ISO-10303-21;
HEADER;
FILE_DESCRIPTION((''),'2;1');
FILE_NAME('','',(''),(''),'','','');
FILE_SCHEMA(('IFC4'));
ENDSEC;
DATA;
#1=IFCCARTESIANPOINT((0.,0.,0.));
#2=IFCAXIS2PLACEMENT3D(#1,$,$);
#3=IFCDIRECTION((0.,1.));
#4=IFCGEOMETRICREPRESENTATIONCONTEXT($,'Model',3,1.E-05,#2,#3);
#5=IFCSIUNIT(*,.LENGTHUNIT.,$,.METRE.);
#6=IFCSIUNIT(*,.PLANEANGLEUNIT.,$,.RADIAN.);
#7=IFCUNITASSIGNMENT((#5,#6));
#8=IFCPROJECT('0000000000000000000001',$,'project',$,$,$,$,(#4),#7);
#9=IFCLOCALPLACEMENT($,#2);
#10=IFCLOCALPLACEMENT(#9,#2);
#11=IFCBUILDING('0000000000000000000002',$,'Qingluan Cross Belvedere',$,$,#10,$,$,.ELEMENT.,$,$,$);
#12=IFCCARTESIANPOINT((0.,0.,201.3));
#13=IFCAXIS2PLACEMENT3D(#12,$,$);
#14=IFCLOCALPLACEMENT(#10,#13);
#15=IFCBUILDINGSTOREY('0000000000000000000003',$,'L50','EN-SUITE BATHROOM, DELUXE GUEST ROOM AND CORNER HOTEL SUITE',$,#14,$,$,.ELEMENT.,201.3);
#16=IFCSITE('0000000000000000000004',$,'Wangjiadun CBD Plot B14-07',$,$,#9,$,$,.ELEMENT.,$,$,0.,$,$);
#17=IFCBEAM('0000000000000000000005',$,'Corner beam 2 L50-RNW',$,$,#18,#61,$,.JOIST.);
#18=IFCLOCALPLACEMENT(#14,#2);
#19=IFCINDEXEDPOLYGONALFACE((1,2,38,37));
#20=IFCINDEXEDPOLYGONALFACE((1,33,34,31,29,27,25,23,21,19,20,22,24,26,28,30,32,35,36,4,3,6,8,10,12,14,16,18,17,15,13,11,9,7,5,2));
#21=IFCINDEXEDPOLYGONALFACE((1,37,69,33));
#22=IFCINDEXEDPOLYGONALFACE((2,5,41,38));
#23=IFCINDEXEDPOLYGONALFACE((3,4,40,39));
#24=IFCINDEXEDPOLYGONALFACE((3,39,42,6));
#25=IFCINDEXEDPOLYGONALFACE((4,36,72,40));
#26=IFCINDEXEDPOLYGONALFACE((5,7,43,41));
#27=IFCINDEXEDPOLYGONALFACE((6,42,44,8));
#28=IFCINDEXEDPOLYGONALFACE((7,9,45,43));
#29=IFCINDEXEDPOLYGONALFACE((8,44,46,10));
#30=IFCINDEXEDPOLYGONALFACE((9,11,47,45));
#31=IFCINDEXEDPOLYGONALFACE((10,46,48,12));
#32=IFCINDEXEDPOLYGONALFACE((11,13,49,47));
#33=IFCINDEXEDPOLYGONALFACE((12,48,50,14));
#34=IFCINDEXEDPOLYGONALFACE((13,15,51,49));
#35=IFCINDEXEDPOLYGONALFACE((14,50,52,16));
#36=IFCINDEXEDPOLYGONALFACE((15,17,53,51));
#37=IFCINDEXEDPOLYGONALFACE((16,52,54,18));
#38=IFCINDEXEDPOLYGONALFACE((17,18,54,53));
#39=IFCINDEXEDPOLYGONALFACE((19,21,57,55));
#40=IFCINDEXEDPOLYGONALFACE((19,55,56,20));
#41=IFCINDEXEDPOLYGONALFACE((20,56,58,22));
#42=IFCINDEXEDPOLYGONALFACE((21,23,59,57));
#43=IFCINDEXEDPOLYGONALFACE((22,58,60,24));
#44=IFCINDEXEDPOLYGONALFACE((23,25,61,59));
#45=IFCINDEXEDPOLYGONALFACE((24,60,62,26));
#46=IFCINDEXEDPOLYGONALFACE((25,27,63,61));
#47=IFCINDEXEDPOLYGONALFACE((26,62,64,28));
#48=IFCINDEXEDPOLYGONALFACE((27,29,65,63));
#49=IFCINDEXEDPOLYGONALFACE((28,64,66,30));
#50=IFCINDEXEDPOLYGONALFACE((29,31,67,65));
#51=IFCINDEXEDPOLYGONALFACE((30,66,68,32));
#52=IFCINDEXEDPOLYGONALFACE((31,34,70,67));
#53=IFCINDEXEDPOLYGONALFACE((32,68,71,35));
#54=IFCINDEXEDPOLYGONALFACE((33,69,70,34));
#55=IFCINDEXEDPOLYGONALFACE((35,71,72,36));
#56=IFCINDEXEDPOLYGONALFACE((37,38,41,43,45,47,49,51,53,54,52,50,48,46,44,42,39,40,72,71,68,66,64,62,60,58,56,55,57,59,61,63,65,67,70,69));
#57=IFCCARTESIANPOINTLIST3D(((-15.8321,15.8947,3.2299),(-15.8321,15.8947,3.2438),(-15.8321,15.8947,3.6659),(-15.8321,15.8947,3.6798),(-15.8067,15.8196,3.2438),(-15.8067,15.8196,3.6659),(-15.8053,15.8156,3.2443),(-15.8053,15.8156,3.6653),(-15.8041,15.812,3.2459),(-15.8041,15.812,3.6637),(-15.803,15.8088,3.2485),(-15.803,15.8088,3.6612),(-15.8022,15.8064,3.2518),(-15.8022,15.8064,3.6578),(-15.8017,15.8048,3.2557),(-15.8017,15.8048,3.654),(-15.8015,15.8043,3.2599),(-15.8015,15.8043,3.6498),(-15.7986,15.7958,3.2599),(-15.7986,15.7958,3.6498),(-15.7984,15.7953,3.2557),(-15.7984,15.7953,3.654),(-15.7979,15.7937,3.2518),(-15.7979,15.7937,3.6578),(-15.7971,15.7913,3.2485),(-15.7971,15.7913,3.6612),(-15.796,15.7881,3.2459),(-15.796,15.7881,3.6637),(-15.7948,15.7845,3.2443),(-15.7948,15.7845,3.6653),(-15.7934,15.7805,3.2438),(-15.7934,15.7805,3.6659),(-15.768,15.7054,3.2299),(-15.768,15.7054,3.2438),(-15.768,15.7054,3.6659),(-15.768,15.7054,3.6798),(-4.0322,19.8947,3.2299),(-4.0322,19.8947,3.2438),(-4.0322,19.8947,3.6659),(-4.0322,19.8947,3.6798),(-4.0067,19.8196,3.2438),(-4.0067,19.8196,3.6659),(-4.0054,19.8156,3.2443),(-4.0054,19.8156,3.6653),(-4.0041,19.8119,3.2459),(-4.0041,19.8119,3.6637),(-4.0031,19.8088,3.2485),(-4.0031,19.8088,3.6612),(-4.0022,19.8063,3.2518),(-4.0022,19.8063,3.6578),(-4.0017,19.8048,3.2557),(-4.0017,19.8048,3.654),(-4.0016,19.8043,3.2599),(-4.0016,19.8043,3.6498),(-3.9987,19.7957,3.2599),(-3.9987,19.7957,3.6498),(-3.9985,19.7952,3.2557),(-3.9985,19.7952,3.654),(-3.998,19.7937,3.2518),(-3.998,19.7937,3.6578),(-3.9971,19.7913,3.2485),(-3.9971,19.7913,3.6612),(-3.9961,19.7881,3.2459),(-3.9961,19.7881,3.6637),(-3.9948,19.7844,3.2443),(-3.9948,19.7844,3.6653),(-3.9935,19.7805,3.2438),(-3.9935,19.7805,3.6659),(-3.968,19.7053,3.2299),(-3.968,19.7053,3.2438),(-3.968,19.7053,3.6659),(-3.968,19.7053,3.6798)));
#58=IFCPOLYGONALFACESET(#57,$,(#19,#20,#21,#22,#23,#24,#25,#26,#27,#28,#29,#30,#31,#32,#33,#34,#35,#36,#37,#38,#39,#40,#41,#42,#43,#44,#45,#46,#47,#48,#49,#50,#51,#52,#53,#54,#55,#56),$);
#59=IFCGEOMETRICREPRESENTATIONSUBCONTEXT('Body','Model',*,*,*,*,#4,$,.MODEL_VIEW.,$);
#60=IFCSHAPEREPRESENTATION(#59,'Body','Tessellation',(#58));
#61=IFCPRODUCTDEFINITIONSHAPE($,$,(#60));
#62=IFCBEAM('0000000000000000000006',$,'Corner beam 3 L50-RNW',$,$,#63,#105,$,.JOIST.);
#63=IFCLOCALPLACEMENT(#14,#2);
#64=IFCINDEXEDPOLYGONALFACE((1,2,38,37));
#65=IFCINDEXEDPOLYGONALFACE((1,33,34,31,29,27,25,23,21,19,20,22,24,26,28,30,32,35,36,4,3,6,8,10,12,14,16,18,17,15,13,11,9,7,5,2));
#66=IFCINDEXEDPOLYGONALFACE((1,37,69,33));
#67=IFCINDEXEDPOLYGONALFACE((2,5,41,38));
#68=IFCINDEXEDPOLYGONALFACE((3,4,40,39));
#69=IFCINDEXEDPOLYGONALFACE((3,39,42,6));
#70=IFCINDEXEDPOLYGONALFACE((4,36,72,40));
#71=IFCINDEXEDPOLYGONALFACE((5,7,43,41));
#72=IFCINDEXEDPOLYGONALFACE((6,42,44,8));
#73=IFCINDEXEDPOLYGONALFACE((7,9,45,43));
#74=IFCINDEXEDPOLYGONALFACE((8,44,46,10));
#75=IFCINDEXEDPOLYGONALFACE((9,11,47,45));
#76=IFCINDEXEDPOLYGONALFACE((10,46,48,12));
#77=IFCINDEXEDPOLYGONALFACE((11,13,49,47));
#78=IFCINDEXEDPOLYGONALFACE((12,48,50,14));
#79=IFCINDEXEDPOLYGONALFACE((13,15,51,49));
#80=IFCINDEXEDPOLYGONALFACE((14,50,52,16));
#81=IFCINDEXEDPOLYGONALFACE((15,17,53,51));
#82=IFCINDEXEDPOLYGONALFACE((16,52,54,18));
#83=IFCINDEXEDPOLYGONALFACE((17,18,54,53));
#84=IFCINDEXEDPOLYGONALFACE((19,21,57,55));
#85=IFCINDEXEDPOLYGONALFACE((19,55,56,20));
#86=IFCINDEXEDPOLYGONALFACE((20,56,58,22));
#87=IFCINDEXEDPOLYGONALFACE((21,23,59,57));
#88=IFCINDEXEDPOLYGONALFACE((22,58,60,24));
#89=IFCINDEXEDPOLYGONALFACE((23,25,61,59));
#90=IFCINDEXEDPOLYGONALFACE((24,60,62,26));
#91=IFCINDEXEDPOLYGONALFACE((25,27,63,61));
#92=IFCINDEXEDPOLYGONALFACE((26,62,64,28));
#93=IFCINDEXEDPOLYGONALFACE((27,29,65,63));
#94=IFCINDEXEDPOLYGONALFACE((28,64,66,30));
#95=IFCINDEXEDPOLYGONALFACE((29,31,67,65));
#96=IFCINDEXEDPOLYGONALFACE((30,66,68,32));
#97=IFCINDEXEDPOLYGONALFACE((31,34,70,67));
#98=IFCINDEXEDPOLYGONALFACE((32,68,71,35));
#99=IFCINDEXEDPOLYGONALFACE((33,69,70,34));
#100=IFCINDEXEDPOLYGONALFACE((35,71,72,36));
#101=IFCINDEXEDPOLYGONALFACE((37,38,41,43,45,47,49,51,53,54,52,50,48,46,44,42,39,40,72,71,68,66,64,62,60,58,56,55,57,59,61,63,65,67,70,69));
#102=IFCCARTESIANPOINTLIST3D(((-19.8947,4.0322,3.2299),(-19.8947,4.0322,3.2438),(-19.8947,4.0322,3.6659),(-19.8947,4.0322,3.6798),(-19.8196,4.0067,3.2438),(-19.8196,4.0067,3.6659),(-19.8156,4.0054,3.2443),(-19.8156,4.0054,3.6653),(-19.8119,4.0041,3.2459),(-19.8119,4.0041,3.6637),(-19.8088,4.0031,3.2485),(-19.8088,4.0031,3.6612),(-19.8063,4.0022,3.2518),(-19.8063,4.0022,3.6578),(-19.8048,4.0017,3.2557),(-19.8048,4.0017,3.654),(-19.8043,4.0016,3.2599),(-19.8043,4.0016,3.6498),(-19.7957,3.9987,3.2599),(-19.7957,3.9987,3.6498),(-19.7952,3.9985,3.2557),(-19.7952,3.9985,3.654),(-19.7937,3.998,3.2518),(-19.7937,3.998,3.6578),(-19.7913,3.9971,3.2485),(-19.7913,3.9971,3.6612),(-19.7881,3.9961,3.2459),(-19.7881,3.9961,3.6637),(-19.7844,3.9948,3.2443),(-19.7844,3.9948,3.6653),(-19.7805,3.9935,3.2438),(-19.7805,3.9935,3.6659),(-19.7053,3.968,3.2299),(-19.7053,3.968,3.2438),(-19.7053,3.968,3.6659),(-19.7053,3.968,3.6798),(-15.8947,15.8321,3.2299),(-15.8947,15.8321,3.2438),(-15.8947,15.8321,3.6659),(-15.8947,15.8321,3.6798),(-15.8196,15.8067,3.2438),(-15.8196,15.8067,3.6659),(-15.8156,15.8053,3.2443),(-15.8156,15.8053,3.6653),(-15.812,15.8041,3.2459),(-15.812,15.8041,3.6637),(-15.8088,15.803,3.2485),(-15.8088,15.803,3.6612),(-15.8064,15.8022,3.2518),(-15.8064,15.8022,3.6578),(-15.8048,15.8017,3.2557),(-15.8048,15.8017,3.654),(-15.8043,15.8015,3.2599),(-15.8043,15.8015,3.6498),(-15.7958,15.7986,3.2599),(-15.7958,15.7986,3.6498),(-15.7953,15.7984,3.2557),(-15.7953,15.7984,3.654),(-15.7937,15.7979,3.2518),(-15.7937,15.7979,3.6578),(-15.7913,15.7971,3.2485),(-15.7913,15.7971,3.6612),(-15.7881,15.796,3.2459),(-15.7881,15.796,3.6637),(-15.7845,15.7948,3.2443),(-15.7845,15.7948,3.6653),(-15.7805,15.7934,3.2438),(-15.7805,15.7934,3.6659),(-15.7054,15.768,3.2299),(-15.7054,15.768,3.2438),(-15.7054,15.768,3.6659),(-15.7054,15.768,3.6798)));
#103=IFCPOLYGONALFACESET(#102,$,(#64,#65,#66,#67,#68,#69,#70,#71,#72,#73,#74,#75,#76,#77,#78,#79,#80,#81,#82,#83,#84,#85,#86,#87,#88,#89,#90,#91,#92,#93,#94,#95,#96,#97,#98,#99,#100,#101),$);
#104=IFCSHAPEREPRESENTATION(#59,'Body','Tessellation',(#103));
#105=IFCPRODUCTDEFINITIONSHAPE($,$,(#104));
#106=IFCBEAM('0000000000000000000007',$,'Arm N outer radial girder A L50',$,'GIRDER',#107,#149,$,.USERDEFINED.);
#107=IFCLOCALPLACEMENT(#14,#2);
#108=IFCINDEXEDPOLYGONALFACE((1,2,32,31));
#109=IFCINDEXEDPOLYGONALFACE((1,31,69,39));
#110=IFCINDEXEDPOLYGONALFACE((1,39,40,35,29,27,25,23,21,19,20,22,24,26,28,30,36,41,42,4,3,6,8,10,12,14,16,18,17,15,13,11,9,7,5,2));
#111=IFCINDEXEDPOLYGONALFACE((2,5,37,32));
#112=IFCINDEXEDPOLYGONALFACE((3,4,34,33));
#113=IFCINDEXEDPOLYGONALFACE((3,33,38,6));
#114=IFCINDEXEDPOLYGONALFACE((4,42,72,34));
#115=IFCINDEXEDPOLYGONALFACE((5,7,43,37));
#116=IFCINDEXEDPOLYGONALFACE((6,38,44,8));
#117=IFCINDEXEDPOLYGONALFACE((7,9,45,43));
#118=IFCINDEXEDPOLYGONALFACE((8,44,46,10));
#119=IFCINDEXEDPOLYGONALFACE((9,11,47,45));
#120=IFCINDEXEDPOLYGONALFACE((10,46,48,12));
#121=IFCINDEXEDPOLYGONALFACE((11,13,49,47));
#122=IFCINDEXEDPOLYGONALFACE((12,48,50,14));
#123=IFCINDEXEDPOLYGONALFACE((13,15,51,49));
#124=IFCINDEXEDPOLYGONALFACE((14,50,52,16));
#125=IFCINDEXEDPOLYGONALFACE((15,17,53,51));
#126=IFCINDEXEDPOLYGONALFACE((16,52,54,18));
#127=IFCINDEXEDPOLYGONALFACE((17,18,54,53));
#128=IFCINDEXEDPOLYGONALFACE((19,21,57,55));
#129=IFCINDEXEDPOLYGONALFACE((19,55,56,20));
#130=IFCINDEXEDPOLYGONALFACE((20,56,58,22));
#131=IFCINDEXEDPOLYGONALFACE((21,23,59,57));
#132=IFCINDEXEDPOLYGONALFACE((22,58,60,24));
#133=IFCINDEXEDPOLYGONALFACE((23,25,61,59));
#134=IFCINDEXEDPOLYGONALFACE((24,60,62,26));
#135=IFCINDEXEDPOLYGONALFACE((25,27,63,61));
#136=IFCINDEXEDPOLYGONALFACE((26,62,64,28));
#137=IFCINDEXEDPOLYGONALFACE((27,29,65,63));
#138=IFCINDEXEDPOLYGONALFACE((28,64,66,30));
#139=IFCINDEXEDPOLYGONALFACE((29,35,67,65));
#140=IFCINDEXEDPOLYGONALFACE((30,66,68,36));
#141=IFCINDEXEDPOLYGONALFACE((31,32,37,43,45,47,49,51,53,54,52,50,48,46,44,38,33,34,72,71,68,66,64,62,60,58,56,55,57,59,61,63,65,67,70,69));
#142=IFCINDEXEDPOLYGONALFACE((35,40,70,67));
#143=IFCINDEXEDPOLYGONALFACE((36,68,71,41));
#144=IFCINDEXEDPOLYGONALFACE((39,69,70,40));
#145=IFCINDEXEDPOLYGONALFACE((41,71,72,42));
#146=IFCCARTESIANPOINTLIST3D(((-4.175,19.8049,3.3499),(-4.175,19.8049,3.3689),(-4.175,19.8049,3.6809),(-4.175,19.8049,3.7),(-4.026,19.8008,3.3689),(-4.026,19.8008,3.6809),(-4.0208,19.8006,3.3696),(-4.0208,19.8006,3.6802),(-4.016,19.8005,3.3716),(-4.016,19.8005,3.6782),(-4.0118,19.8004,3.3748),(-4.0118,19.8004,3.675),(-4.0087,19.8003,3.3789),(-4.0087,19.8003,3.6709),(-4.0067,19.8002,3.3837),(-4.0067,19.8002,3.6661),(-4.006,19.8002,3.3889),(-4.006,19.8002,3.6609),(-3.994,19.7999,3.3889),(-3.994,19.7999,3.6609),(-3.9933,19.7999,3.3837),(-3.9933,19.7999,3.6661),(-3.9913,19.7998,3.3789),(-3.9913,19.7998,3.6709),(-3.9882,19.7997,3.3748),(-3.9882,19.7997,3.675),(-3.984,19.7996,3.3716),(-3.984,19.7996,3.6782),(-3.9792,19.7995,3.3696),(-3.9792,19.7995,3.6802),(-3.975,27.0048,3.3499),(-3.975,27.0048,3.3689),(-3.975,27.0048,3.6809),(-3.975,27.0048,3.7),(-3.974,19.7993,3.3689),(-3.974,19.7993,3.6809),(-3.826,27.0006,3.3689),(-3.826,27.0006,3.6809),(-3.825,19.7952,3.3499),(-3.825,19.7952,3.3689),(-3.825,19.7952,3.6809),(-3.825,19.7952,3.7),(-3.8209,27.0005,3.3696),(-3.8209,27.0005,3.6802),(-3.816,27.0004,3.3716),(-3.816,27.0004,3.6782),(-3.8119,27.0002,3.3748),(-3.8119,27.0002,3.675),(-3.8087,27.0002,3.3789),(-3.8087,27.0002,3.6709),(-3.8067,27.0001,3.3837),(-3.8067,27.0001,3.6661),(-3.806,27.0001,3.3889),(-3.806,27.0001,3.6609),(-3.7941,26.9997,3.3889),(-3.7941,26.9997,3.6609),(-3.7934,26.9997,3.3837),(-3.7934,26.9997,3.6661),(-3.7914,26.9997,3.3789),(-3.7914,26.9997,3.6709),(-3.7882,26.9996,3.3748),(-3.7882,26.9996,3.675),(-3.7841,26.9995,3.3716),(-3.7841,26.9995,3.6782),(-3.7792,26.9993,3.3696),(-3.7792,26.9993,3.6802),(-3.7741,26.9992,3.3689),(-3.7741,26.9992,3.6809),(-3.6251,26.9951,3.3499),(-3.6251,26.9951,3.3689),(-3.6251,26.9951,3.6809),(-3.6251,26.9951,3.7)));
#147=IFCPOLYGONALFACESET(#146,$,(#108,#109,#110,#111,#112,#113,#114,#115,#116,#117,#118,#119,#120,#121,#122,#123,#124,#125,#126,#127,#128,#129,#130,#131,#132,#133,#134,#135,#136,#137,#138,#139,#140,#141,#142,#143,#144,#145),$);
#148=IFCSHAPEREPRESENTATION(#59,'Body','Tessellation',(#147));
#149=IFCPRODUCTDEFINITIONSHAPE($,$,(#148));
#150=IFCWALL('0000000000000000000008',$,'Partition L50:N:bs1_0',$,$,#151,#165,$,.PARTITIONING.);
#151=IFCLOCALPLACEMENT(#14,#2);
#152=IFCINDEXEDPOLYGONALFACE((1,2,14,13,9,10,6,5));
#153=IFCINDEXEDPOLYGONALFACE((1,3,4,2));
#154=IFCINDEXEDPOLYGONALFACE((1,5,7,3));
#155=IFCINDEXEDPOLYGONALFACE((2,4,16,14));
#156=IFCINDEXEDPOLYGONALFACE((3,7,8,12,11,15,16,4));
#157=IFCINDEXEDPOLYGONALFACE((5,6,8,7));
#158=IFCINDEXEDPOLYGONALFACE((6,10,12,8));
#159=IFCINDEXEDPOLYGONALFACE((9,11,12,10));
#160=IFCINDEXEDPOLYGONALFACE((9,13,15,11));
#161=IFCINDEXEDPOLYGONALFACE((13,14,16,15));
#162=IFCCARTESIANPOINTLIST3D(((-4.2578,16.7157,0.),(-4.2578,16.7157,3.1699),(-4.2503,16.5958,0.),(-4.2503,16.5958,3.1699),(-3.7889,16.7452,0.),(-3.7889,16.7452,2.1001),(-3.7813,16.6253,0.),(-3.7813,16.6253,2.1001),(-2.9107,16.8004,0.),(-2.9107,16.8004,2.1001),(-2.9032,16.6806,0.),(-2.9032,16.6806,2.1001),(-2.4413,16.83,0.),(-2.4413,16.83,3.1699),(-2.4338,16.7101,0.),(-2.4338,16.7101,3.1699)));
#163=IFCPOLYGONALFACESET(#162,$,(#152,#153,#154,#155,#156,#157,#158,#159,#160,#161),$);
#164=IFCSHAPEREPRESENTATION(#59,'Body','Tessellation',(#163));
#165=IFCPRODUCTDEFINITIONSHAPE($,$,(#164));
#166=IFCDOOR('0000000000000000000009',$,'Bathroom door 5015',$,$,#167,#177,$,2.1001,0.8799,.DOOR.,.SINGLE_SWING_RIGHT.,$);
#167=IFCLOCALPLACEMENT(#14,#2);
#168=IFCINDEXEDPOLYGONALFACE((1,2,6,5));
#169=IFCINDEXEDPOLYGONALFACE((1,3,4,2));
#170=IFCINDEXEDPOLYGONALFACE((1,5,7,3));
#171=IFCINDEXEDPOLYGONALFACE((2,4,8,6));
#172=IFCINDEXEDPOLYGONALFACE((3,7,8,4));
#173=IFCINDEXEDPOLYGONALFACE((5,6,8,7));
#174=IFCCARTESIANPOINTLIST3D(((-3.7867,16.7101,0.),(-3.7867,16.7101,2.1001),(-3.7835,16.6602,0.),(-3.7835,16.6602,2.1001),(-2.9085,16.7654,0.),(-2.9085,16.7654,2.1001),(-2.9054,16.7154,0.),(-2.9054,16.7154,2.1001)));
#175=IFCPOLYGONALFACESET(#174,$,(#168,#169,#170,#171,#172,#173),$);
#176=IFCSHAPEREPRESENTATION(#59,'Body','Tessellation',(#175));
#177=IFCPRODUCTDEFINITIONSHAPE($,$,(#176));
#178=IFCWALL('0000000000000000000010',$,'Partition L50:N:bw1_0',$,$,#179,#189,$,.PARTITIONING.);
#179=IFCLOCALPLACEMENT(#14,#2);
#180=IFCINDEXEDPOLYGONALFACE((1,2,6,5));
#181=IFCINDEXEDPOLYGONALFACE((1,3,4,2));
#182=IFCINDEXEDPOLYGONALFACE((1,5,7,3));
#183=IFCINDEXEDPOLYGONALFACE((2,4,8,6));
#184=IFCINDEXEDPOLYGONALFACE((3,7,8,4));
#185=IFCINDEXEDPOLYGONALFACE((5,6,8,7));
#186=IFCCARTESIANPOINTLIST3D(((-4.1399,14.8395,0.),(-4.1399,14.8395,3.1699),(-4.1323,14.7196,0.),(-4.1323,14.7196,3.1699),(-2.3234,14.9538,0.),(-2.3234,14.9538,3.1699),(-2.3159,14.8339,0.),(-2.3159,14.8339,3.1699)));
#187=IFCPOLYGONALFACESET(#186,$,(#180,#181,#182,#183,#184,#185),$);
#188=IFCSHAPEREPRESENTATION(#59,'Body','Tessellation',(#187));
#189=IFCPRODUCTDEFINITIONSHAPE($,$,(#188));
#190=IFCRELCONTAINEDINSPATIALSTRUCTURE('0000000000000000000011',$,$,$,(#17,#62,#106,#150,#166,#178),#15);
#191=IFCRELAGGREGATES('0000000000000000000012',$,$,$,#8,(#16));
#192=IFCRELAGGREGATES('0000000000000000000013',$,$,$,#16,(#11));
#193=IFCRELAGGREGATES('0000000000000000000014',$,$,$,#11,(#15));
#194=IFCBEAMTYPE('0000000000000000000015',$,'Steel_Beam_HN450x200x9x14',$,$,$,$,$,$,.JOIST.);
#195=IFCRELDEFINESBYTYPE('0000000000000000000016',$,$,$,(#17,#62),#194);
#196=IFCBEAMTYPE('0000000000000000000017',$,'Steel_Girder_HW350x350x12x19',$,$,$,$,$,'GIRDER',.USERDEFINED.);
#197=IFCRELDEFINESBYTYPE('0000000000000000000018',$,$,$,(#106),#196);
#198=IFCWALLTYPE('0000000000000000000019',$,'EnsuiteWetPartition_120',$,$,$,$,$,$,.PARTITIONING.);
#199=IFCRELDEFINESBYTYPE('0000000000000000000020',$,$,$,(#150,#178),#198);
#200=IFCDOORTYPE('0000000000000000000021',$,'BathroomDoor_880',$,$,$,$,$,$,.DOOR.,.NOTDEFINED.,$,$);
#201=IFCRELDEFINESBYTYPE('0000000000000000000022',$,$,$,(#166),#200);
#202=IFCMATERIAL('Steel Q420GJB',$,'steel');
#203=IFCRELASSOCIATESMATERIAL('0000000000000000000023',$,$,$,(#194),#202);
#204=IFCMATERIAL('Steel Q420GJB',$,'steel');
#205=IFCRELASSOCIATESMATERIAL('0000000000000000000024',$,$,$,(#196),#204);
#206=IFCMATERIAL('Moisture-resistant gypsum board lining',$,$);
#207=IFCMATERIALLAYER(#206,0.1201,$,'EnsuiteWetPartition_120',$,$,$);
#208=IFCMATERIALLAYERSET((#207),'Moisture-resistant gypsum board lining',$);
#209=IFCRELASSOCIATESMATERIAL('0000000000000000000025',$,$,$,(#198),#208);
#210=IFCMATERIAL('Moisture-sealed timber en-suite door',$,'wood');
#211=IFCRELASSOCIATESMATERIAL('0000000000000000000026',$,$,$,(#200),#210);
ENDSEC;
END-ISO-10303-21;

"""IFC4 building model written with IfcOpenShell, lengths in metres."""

from ifc_helpers import new_model, si_unit, direction, frame, frame_2d, origin, origin_2d, place, context, subcontext, project, spatial, rectangle, i_section, extrude, material, layer, layer_set, material_profile, profile_set, type_object, element, fill, save


model = new_model("IFC4")

# Units and contexts
model_context = context("Model", 3, precision=1e-05, world=origin(), true_north=direction((0.0, 1.0)))
body_context = subcontext(model_context, "Body", "Model", "MODEL_VIEW")
ifc_project = project(units=[si_unit("LENGTHUNIT", "METRE"), si_unit("PLANEANGLEUNIT", "RADIAN")], contexts=[model_context])

# Site, building, storey
site_placement = place(None, origin())
site = spatial("IfcSite", under=ifc_project, at=site_placement, Name="Wangjiadun CBD Plot B14-07", CompositionType="ELEMENT", RefElevation=0.0)
building_placement = place(site_placement, origin())
building = spatial("IfcBuilding", under=site, at=building_placement, Name="Qingluan Cross Belvedere", CompositionType="ELEMENT")
storey_placement = place(building_placement, frame((0.0, 0.0, 201.3)))
storey = spatial("IfcBuildingStorey", under=building, at=storey_placement, Name="L50", Description="EN-SUITE BATHROOM, DELUXE GUEST ROOM AND CORNER HOTEL SUITE", CompositionType="ELEMENT", Elevation=201.3)

# Beams
ifc_material_1 = material(Name="Steel Q420GJB", Category="steel")
ifc_material_profile_1 = material_profile(ifc_material_1, i_section(OverallWidth=0.2, OverallDepth=0.45, WebThickness=0.009, FlangeThickness=0.0139, FilletRadius=0.0161, at=origin_2d()), Name="HN450x200x9x14")
ifc_profile_set_1 = profile_set([ifc_material_profile_1], Name="Steel Q420GJB")
beam_type_1 = type_object("IfcBeamType", Name="Steel_Beam_HN450x200x9x14", PredefinedType="JOIST", material=ifc_profile_set_1)
for number, where, z_axis, x_axis, name in (
    (1, (-15.8, 15.8, 3.4548), (0.947066, 0.321038, 0.0), (-0.321038, 0.947066, 0.0), "Corner beam 2 L50-RNW"),
    (2, (-15.8, 15.8, 3.4548), (-0.321038, -0.947066, 0.0), (0.947066, -0.321038, 0.0), "Corner beam 3 L50-RNW"),
):
    element("IfcBeam", number, at=place(storey_placement, frame(where, z_axis=z_axis, x_axis=x_axis)), inside=storey, type_object=beam_type_1, Name=name, PredefinedType="JOIST", context=body_context, shape_type="SweptSolid", body=[
        extrude(i_section(OverallWidth=0.2, OverallDepth=0.45, WebThickness=0.009, FlangeThickness=0.0139, FilletRadius=0.0161, at=origin_2d()), origin(), (0.0, 0.0, 1.0), 12.4595),
    ])
ifc_material_2 = material(Name="Steel Q420GJB", Category="steel")
ifc_material_profile_2 = material_profile(ifc_material_2, i_section(OverallWidth=0.3501, OverallDepth=0.3501, WebThickness=0.012, FlangeThickness=0.019, FilletRadius=0.02, at=origin_2d()), Name="HW350x350x12x19")
ifc_profile_set_2 = profile_set([ifc_material_profile_2], Name="Steel Q420GJB")
beam_type_2 = type_object("IfcBeamType", Name="Steel_Girder_HW350x350x12x19", ElementType="GIRDER", PredefinedType="USERDEFINED", material=ifc_profile_set_2)
beam_1_placement = place(storey_placement, frame((-4.0, 19.8, 3.5249), z_axis=(0.02776, 0.999615, 0.0), x_axis=(-0.999615, 0.02776, 0.0)))
element("IfcBeam", 3, at=beam_1_placement, inside=storey, type_object=beam_type_2, Name="Arm N outer radial girder A L50", ObjectType="GIRDER", PredefinedType="USERDEFINED", context=body_context, shape_type="SweptSolid", body=[
    extrude(i_section(OverallWidth=0.3501, OverallDepth=0.3501, WebThickness=0.012, FlangeThickness=0.019, FilletRadius=0.02, at=origin_2d()), origin(), (0.0, 0.0, 1.0), 7.2026),
])

# Wall, opening, door
ifc_material_3 = material(Name="Moisture-resistant gypsum board lining")
ifc_layer_1 = layer(ifc_material_3, 0.1201, Name="EnsuiteWetPartition_120")
ifc_layer_set_1 = layer_set([ifc_layer_1], Name="Moisture-resistant gypsum board lining")
wall_type_1 = type_object("IfcWallType", Name="EnsuiteWetPartition_120", PredefinedType="PARTITIONING", material=ifc_layer_set_1)
wall_1_placement = place(storey_placement, frame((-4.2542, 16.6558, 0.0), z_axis=(0.0, 0.0, 1.0), x_axis=(0.998027, 0.062779, 0.0)))
wall_1 = element("IfcWall", 4, at=wall_1_placement, inside=storey, type_object=wall_type_1, Name="Partition L50:N:bs1_0", PredefinedType="PARTITIONING", context=body_context, shape_type="SweptSolid", body=[
    extrude(rectangle(XDim=1.8201, YDim=0.1201, at=frame_2d((0.9102, 0.0))), origin(), (0.0, 0.0, 1.0), 3.1699),
])
opening_1_placement = place(wall_1_placement, frame((0.47, 0.0, 0.0)))
opening_1 = element("IfcOpeningElement", 5, at=opening_1_placement, cuts=wall_1, PredefinedType="OPENING", context=body_context, shape_type="SweptSolid", body=[
    extrude(rectangle(XDim=0.8799, YDim=2.1001, at=frame_2d((0.4399, 1.05))), frame((0.0, 0.0701, 0.0), z_axis=(0.0, -1.0, 0.0), x_axis=(1.0, 0.0, 0.0)), (0.0, 0.0, 1.0), 0.1401),
])
ifc_material_4 = material(Name="Moisture-sealed timber en-suite door", Category="wood")
door_type_1 = type_object("IfcDoorType", Name="BathroomDoor_880", OperationType="NOTDEFINED", PredefinedType="DOOR", material=ifc_material_4)
door_1_placement = place(opening_1_placement, origin())
door_1 = element("IfcDoor", 6, at=door_1_placement, inside=storey, type_object=door_type_1, Name="Bathroom door 5015", OperationType="SINGLE_SWING_RIGHT", OverallHeight=2.1001, OverallWidth=0.8799, PredefinedType="DOOR", context=body_context, shape_type="SweptSolid", body=[
    extrude(rectangle(XDim=0.8799, YDim=2.1001, at=frame_2d((0.4399, 1.05))), frame((0.0, 0.0249, 0.0), z_axis=(0.0, -1.0, 0.0), x_axis=(1.0, 0.0, 0.0)), (0.0, 0.0, 1.0), 0.05),
])
fill(opening_1, door_1)

# Wall
wall_2_placement = place(storey_placement, frame((-4.1362, 14.7795, 0.0), z_axis=(0.0, 0.0, 1.0), x_axis=(0.998027, 0.062779, 0.0)))
element("IfcWall", 7, at=wall_2_placement, inside=storey, type_object=wall_type_1, Name="Partition L50:N:bw1_0", PredefinedType="PARTITIONING", context=body_context, shape_type="SweptSolid", body=[
    extrude(rectangle(XDim=1.8201, YDim=0.1201, at=frame_2d((0.9102, 0.0))), origin(), (0.0, 0.0, 1.0), 3.1699),
])

save(model, "model.ifc")
